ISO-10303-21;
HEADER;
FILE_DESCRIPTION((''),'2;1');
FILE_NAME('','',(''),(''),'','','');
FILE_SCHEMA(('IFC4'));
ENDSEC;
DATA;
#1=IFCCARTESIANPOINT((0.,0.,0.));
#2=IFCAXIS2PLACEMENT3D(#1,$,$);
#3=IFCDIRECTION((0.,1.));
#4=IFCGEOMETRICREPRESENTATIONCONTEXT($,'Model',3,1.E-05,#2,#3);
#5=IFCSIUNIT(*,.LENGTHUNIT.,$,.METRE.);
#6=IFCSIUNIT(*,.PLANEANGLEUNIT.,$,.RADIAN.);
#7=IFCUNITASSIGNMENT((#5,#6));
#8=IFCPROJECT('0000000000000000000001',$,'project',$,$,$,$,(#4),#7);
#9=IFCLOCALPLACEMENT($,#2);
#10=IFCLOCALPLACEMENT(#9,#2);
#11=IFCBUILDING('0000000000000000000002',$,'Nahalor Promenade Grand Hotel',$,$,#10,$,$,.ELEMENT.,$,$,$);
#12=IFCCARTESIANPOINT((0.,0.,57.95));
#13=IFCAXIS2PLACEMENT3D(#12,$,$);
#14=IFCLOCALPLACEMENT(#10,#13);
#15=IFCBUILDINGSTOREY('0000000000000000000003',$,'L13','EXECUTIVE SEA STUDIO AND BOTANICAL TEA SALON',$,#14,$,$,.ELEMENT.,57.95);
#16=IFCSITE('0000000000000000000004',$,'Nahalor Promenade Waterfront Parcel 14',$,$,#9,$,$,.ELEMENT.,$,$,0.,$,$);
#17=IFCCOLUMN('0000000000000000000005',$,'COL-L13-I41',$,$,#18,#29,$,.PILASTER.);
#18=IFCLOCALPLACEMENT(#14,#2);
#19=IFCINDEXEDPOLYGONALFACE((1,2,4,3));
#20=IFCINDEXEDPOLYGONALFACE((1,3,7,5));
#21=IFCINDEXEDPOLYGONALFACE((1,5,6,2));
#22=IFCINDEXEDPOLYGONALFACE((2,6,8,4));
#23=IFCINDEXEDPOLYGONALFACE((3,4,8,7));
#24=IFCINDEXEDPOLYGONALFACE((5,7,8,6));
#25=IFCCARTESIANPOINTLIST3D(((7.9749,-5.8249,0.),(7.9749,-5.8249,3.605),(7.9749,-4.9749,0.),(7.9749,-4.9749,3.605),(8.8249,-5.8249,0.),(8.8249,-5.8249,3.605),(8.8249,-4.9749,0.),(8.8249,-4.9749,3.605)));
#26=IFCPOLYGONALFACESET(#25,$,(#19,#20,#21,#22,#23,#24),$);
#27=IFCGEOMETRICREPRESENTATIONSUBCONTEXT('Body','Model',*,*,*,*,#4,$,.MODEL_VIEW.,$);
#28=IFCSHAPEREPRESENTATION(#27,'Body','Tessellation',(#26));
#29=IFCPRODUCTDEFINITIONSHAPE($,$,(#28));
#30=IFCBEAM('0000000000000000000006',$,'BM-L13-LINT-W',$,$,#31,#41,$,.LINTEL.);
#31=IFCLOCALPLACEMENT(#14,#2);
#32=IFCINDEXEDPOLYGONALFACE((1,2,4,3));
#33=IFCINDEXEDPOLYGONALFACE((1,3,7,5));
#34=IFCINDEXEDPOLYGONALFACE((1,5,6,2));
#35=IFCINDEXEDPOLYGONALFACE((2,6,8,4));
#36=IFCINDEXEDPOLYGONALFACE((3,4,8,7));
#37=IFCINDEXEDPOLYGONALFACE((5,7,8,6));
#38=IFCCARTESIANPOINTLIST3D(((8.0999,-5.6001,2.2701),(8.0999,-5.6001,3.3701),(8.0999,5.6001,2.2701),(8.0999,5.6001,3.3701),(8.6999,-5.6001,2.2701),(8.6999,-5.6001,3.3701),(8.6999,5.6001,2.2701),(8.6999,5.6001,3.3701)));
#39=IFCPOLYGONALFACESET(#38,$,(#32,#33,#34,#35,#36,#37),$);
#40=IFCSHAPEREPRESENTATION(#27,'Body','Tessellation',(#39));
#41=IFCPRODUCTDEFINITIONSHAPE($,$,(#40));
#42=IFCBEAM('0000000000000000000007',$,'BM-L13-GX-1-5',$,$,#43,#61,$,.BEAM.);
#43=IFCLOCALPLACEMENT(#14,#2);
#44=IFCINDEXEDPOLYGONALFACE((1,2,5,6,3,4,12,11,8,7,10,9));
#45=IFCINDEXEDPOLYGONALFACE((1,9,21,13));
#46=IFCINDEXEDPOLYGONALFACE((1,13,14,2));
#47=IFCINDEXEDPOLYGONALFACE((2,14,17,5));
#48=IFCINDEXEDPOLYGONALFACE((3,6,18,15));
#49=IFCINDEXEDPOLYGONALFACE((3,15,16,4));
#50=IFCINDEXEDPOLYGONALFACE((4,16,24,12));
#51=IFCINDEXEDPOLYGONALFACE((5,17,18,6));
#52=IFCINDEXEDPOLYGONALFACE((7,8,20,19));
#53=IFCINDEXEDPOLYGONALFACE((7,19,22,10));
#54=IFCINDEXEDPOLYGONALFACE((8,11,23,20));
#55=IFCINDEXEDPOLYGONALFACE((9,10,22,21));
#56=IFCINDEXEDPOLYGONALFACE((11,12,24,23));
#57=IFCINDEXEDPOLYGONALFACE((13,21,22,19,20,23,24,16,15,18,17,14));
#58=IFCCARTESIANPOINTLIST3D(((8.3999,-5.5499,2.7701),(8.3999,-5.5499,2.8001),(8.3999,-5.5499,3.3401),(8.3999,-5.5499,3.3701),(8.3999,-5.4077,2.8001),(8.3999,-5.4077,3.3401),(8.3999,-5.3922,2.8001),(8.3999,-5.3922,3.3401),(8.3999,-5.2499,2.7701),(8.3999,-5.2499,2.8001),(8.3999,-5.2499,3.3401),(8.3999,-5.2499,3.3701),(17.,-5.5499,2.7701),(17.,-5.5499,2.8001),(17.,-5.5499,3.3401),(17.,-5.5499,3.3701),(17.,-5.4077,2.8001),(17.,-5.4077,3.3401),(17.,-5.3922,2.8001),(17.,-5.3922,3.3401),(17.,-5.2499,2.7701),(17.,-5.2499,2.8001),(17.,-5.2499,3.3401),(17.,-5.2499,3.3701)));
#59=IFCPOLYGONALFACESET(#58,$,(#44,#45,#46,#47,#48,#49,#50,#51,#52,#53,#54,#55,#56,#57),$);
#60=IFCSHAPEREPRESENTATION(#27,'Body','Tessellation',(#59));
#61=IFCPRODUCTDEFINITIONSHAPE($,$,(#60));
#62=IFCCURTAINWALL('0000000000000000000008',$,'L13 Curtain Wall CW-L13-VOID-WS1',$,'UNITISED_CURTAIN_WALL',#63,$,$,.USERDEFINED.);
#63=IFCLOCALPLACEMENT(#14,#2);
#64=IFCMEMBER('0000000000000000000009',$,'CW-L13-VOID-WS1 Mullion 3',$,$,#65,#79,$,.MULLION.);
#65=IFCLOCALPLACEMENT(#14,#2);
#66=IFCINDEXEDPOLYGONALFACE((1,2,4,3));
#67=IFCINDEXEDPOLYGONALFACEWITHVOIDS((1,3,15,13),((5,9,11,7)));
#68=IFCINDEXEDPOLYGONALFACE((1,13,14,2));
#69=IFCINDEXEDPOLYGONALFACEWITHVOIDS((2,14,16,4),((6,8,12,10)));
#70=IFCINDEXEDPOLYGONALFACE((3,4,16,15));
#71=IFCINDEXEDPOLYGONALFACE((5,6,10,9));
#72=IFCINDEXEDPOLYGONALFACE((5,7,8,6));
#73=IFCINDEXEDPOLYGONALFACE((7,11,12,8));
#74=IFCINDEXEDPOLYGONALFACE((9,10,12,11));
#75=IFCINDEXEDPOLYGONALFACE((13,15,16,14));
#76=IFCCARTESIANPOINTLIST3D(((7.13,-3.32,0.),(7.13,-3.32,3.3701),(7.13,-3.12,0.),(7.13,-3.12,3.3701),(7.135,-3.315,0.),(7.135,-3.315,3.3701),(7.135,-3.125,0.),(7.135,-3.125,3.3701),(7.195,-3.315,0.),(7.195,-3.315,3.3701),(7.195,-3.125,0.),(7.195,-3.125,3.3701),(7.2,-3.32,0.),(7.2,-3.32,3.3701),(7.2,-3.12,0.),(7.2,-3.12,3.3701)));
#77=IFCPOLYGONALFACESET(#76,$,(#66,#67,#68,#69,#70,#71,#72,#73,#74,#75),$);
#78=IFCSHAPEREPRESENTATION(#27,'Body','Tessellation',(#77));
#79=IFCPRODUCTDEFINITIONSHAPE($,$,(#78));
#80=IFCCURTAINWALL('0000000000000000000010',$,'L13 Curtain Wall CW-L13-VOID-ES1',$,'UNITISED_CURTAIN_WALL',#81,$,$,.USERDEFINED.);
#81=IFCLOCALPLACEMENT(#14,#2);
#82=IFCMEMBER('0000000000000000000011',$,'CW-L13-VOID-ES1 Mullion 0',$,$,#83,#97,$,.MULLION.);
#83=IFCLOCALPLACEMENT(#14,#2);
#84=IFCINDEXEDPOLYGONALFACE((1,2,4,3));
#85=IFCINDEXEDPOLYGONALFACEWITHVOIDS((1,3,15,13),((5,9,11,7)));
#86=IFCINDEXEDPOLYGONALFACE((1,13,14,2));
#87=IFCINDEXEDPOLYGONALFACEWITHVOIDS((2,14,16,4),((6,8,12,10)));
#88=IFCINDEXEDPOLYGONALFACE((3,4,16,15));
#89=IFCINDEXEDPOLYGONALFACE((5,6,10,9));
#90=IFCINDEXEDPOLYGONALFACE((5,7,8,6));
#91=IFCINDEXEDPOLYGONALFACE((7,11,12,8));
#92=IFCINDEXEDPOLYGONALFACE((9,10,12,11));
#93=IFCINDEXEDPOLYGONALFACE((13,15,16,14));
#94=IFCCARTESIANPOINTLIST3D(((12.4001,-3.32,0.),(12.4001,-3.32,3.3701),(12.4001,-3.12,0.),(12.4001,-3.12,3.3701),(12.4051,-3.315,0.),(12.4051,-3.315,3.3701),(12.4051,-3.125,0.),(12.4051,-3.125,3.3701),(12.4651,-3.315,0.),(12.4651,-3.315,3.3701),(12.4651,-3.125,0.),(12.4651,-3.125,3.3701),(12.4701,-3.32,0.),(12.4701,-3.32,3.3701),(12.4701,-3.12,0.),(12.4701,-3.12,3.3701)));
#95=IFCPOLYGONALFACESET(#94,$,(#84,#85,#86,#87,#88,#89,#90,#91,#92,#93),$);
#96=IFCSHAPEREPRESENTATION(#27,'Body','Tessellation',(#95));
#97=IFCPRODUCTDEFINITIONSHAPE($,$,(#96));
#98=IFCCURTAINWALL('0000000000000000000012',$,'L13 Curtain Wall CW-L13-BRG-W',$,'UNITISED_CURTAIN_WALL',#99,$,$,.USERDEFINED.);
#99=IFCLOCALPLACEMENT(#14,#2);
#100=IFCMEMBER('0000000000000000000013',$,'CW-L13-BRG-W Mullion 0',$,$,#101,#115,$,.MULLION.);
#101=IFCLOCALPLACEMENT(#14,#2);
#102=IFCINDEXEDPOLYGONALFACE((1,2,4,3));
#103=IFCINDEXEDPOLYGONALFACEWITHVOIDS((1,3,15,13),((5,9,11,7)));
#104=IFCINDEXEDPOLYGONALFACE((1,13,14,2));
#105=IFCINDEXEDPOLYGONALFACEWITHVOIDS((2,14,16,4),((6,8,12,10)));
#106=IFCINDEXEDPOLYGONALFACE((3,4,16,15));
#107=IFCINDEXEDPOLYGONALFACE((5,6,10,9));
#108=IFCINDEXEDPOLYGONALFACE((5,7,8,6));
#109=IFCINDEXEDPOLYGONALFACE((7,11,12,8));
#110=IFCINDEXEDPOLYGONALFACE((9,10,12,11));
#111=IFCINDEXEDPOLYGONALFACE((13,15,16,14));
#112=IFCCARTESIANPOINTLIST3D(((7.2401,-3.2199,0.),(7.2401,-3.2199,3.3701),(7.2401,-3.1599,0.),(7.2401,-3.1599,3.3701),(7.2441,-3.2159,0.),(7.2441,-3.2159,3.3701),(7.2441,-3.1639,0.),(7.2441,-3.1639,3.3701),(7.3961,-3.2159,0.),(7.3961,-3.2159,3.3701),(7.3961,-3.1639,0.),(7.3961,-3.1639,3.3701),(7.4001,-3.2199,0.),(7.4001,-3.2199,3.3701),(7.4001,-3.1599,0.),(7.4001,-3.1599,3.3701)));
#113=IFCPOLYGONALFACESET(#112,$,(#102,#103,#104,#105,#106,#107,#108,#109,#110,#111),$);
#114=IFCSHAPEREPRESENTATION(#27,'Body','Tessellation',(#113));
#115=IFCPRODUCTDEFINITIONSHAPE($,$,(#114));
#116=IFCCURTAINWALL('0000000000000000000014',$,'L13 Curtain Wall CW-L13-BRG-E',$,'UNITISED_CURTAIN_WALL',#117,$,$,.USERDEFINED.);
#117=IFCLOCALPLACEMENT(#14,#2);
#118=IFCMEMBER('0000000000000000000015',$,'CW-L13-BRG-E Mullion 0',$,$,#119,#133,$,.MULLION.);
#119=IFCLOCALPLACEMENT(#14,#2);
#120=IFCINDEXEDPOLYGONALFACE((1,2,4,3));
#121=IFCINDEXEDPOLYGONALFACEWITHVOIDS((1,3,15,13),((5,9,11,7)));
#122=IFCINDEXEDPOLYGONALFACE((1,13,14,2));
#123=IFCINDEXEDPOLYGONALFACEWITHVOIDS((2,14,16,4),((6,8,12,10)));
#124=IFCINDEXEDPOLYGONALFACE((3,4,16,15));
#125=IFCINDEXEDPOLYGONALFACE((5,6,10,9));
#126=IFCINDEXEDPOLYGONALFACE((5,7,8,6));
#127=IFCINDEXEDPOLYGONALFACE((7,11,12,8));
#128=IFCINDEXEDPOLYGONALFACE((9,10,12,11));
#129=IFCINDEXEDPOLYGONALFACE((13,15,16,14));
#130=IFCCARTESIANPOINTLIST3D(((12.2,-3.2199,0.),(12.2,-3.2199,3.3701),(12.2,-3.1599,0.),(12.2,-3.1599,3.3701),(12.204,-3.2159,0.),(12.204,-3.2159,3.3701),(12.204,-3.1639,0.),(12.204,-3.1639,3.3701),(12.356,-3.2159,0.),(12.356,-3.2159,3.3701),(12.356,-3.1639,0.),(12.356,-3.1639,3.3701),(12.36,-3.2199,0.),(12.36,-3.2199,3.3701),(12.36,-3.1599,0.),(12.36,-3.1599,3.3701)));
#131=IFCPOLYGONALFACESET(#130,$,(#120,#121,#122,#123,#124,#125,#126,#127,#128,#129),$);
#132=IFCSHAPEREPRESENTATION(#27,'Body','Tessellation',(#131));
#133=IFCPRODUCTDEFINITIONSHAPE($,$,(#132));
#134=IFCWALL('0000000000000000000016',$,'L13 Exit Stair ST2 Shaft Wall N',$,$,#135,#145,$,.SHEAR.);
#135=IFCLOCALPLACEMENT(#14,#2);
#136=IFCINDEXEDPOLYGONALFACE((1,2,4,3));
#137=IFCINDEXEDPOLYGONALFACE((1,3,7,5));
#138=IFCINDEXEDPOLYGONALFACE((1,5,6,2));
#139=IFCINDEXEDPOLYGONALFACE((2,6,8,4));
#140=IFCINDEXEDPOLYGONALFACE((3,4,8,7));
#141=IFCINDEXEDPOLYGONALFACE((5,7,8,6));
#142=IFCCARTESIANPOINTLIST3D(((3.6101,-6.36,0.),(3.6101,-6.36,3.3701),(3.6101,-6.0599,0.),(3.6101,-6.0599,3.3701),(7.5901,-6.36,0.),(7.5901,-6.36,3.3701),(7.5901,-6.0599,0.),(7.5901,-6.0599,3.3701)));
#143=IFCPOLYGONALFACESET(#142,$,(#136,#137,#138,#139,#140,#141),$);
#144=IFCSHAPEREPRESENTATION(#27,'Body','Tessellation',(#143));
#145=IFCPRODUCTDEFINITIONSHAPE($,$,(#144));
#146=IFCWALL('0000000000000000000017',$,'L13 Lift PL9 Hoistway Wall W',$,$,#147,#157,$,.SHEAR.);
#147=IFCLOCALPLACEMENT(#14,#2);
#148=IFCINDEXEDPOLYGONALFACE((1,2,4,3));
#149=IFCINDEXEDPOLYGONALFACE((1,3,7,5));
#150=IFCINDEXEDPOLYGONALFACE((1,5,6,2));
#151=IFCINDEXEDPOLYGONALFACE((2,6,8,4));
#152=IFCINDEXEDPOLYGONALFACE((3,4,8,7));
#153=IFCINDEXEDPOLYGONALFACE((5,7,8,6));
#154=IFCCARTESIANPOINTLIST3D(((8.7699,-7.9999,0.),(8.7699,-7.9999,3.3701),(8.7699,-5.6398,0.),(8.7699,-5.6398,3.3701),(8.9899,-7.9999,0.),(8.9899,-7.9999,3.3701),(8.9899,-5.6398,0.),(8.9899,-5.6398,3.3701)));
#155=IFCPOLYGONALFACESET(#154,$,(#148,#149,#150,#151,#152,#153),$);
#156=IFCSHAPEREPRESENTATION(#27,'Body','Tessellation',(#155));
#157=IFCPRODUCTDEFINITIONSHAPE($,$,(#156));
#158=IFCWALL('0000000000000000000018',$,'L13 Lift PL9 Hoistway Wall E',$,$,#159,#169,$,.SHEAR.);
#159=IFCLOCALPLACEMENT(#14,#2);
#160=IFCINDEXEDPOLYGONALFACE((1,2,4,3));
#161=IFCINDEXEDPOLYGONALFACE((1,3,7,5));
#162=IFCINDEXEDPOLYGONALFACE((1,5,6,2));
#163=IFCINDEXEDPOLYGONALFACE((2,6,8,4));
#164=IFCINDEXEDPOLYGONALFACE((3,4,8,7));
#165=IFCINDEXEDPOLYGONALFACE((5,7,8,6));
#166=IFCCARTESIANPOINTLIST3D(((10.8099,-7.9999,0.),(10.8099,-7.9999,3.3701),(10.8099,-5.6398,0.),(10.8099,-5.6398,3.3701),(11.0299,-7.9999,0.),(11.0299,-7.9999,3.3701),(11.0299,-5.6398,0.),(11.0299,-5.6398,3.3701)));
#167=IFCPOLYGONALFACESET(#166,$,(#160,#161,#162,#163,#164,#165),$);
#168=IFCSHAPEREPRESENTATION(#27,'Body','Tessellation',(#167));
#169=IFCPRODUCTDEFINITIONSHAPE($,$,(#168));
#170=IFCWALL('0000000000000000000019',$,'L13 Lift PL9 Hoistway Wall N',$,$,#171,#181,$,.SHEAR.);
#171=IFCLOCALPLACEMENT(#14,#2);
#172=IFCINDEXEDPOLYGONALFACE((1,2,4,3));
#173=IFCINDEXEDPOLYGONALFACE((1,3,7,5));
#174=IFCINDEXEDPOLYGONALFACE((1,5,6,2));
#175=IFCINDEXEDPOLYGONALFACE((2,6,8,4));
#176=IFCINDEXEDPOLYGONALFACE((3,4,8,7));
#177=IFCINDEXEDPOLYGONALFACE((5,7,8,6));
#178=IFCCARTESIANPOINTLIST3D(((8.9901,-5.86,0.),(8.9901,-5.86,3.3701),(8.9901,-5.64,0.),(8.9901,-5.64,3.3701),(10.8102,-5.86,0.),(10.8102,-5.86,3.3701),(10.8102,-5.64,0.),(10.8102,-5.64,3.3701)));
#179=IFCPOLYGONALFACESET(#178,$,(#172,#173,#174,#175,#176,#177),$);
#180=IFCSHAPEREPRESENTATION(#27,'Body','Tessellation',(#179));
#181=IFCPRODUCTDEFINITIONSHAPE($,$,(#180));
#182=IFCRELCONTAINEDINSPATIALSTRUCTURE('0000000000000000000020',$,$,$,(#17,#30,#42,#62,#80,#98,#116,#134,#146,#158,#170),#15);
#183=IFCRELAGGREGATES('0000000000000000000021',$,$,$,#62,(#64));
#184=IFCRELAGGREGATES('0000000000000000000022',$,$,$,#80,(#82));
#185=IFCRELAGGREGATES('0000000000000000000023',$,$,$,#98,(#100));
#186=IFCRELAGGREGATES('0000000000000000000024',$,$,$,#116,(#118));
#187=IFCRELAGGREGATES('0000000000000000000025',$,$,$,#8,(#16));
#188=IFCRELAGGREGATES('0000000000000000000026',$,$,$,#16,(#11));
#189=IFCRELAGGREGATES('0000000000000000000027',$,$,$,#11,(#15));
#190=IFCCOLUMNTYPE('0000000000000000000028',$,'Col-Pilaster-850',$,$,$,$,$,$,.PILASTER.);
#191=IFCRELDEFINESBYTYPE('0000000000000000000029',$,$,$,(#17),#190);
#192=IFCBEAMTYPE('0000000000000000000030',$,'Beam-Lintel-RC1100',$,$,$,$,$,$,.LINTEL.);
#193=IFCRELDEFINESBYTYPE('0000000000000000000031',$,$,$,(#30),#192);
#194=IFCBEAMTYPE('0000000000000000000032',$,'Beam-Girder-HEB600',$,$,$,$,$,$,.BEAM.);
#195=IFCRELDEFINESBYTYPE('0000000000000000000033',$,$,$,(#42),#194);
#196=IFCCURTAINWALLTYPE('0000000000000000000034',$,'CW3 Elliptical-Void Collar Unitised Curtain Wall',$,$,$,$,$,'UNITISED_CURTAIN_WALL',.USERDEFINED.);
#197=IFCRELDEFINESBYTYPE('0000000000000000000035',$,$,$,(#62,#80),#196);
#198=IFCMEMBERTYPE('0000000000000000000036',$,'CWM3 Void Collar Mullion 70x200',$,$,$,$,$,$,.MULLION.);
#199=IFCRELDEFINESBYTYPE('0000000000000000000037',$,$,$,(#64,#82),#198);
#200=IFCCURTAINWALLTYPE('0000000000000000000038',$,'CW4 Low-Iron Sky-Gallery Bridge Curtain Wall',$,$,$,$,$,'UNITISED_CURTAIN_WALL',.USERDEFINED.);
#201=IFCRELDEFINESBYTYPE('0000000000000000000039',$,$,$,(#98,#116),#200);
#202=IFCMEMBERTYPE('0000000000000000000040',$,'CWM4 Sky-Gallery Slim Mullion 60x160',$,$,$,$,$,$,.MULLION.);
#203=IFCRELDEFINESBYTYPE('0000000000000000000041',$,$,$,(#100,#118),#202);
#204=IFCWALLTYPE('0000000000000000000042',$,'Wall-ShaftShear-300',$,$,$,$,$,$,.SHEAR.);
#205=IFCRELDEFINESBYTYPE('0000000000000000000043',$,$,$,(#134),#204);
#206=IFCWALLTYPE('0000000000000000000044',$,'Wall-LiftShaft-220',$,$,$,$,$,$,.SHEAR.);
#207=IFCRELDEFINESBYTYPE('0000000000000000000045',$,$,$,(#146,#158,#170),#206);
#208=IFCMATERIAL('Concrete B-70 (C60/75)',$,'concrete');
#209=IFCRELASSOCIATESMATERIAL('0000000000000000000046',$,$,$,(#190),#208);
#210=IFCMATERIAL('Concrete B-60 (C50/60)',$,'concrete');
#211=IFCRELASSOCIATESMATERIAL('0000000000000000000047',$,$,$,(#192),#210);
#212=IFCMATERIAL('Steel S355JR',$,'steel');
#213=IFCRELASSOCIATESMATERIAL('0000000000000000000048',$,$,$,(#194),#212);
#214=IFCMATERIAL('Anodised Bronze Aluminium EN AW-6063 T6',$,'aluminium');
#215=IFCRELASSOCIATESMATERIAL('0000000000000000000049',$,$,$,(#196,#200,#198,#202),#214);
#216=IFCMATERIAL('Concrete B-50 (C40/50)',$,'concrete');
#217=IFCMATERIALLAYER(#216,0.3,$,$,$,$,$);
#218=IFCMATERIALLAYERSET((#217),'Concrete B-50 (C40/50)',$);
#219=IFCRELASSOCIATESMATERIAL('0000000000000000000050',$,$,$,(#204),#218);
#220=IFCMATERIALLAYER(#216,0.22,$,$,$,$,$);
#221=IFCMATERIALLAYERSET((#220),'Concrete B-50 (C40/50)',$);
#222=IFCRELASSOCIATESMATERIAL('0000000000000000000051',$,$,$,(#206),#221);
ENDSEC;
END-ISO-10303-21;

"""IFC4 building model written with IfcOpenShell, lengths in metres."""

from ifc_helpers import new_model, si_unit, direction, frame, frame_2d, origin, origin_2d, place, context, subcontext, project, spatial, rectangle, hollow_rectangle, i_section, extrude, source, transform, mapped, material, layer, layer_set, material_profile, profile_set, type_object, element, aggregate, save


model = new_model("IFC4")

# Units and contexts
model_context = context("Model", 3, precision=1e-05, world=origin(), true_north=direction((0.0, 1.0)))
body_context = subcontext(model_context, "Body", "Model", "MODEL_VIEW")
ifc_project = project(units=[si_unit("LENGTHUNIT", "METRE"), si_unit("PLANEANGLEUNIT", "RADIAN")], contexts=[model_context])

# Site, building, storey
site_placement = place(None, origin())
site = spatial("IfcSite", under=ifc_project, at=site_placement, Name="Nahalor Promenade Waterfront Parcel 14", CompositionType="ELEMENT", RefElevation=0.0)
building_placement = place(site_placement, origin())
building = spatial("IfcBuilding", under=site, at=building_placement, Name="Nahalor Promenade Grand Hotel", CompositionType="ELEMENT")
storey_placement = place(building_placement, frame((0.0, 0.0, 57.95)))
storey = spatial("IfcBuildingStorey", under=building, at=storey_placement, Name="L13", Description="EXECUTIVE SEA STUDIO AND BOTANICAL TEA SALON", CompositionType="ELEMENT", Elevation=57.95)

# Column
ifc_material_1 = material(Name="Concrete B-70 (C60/75)", Category="concrete")
ifc_material_profile_1 = material_profile(ifc_material_1, rectangle(XDim=0.85, YDim=0.85, at=origin_2d()), Name="RC 850x850")
ifc_profile_set_1 = profile_set([ifc_material_profile_1], Name="Concrete B-70 (C60/75)")
column_type = type_object("IfcColumnType", Name="Col-Pilaster-850", PredefinedType="PILASTER", material=ifc_profile_set_1)
shared_shape_1 = source(origin(), body_context, "Body", "SweptSolid", [
    extrude(rectangle(XDim=0.85, YDim=0.85, at=origin_2d()), origin(), (0.0, 0.0, 1.0), 3.605),
])
column_placement = place(storey_placement, frame((8.3999, -5.3999, 0.0), z_axis=(0.0, 0.0, 1.0), x_axis=(1.0, 0.0, 0.0)))
element("IfcColumn", 1, at=column_placement, inside=storey, type_object=column_type, Name="COL-L13-I41", PredefinedType="PILASTER", context=body_context, shape_type="MappedRepresentation", body=[
    mapped(shared_shape_1, transform((0.0, 0.0, 0.0), scale=1.0)),
])

# Beams
ifc_material_2 = material(Name="Concrete B-60 (C50/60)", Category="concrete")
ifc_material_profile_2 = material_profile(ifc_material_2, rectangle(XDim=0.6, YDim=1.1, at=origin_2d()), Name="RC 600x1100")
ifc_profile_set_2 = profile_set([ifc_material_profile_2], Name="Concrete B-60 (C50/60)")
beam_type_1 = type_object("IfcBeamType", Name="Beam-Lintel-RC1100", PredefinedType="LINTEL", material=ifc_profile_set_2)
shared_shape_2 = source(origin(), body_context, "Body", "SweptSolid", [
    extrude(rectangle(XDim=0.6, YDim=1.1, at=origin_2d()), origin(), (0.0, 0.0, 1.0), 11.2002),
])
beam_1_placement = place(storey_placement, frame((8.3999, -5.6001, 2.8201), z_axis=(0.0, 1.0, 0.0), x_axis=(-1.0, 0.0, 0.0)))
element("IfcBeam", 2, at=beam_1_placement, inside=storey, type_object=beam_type_1, Name="BM-L13-LINT-W", PredefinedType="LINTEL", context=body_context, shape_type="MappedRepresentation", body=[
    mapped(shared_shape_2, transform((0.0, 0.0, 0.0), scale=1.0)),
])
ifc_material_3 = material(Name="Steel S355JR", Category="steel")
ifc_material_profile_3 = material_profile(ifc_material_3, i_section(OverallWidth=0.3, OverallDepth=0.6, WebThickness=0.0155, FlangeThickness=0.03, at=origin_2d()), Name="HEB 600")
ifc_profile_set_3 = profile_set([ifc_material_profile_3], Name="Steel S355JR")
beam_type_2 = type_object("IfcBeamType", Name="Beam-Girder-HEB600", PredefinedType="BEAM", material=ifc_profile_set_3)
shared_shape_3 = source(origin(), body_context, "Body", "SweptSolid", [
    extrude(i_section(OverallWidth=0.3, OverallDepth=0.6, WebThickness=0.0155, FlangeThickness=0.03, at=origin_2d()), origin(), (0.0, 0.0, 1.0), 8.6001),
])
beam_2_placement = place(storey_placement, frame((8.3999, -5.3999, 3.0701), z_axis=(1.0, 0.0, 0.0), x_axis=(0.0, 1.0, 0.0)))
element("IfcBeam", 3, at=beam_2_placement, inside=storey, type_object=beam_type_2, Name="BM-L13-GX-1-5", PredefinedType="BEAM", context=body_context, shape_type="MappedRepresentation", body=[
    mapped(shared_shape_3, transform((0.0, 0.0, 0.0), scale=1.0)),
])

# Curtain walls, members
ifc_material_4 = material(Name="Anodised Bronze Aluminium EN AW-6063 T6", Category="aluminium")
curtain_wall_type_1 = type_object("IfcCurtainWallType", Name="CW3 Elliptical-Void Collar Unitised Curtain Wall", ElementType="UNITISED_CURTAIN_WALL", PredefinedType="USERDEFINED", material=ifc_material_4)
curtain_wall_1_placement = place(storey_placement, origin())
curtain_wall_1 = element("IfcCurtainWall", 4, at=curtain_wall_1_placement, inside=storey, type_object=curtain_wall_type_1, Name="L13 Curtain Wall CW-L13-VOID-WS1", ObjectType="UNITISED_CURTAIN_WALL", PredefinedType="USERDEFINED")
ifc_material_profile_4 = material_profile(ifc_material_4, hollow_rectangle(XDim=0.07, YDim=0.2, WallThickness=0.005, at=origin_2d()), Name="CWM 70x200x5")
ifc_profile_set_4 = profile_set([ifc_material_profile_4], Name="Anodised Bronze Aluminium EN AW-6063 T6")
member_type_1 = type_object("IfcMemberType", Name="CWM3 Void Collar Mullion 70x200", PredefinedType="MULLION", material=ifc_profile_set_4)
shared_shape_4 = source(origin(), body_context, "Body", "SweptSolid", [
    extrude(hollow_rectangle(XDim=0.07, YDim=0.2, WallThickness=0.005, at=origin_2d()), origin(), (0.0, 0.0, 1.0), 3.3701),
])
member_1_placement = place(storey_placement, frame((7.165, -3.22, 0.0), z_axis=(0.0, 0.0, 1.0), x_axis=(1.0, 0.0, 0.0)))
member_1 = element("IfcMember", 5, at=member_1_placement, type_object=member_type_1, Name="CW-L13-VOID-WS1 Mullion 3", PredefinedType="MULLION", context=body_context, shape_type="MappedRepresentation", body=[
    mapped(shared_shape_4, transform((0.0, 0.0, 0.0), scale=1.0)),
])
aggregate(curtain_wall_1, [member_1])
curtain_wall_2_placement = place(storey_placement, origin())
curtain_wall_2 = element("IfcCurtainWall", 6, at=curtain_wall_2_placement, inside=storey, type_object=curtain_wall_type_1, Name="L13 Curtain Wall CW-L13-VOID-ES1", ObjectType="UNITISED_CURTAIN_WALL", PredefinedType="USERDEFINED")
member_2_placement = place(storey_placement, frame((12.4351, -3.22, 0.0), z_axis=(0.0, 0.0, 1.0), x_axis=(1.0, 0.0, 0.0)))
member_2 = element("IfcMember", 7, at=member_2_placement, type_object=member_type_1, Name="CW-L13-VOID-ES1 Mullion 0", PredefinedType="MULLION", context=body_context, shape_type="MappedRepresentation", body=[
    mapped(shared_shape_4, transform((0.0, 0.0, 0.0), scale=1.0)),
])
aggregate(curtain_wall_2, [member_2])
curtain_wall_type_2 = type_object("IfcCurtainWallType", Name="CW4 Low-Iron Sky-Gallery Bridge Curtain Wall", ElementType="UNITISED_CURTAIN_WALL", PredefinedType="USERDEFINED", material=ifc_material_4)
curtain_wall_3_placement = place(storey_placement, origin())
curtain_wall_3 = element("IfcCurtainWall", 8, at=curtain_wall_3_placement, inside=storey, type_object=curtain_wall_type_2, Name="L13 Curtain Wall CW-L13-BRG-W", ObjectType="UNITISED_CURTAIN_WALL", PredefinedType="USERDEFINED")
ifc_material_profile_5 = material_profile(ifc_material_4, hollow_rectangle(XDim=0.06, YDim=0.16, WallThickness=0.004, at=origin_2d()), Name="CWM 60x160x4")
ifc_profile_set_5 = profile_set([ifc_material_profile_5], Name="Anodised Bronze Aluminium EN AW-6063 T6")
member_type_2 = type_object("IfcMemberType", Name="CWM4 Sky-Gallery Slim Mullion 60x160", PredefinedType="MULLION", material=ifc_profile_set_5)
shared_shape_5 = source(origin(), body_context, "Body", "SweptSolid", [
    extrude(hollow_rectangle(XDim=0.06, YDim=0.16, WallThickness=0.004, at=origin_2d()), origin(), (0.0, 0.0, 1.0), 3.3701),
])
member_3_placement = place(storey_placement, frame((7.3201, -3.1899, 0.0), z_axis=(0.0, 0.0, 1.0), x_axis=(0.0, 1.0, 0.0)))
member_3 = element("IfcMember", 9, at=member_3_placement, type_object=member_type_2, Name="CW-L13-BRG-W Mullion 0", PredefinedType="MULLION", context=body_context, shape_type="MappedRepresentation", body=[
    mapped(shared_shape_5, transform((0.0, 0.0, 0.0), scale=1.0)),
])
aggregate(curtain_wall_3, [member_3])
curtain_wall_4_placement = place(storey_placement, origin())
curtain_wall_4 = element("IfcCurtainWall", 10, at=curtain_wall_4_placement, inside=storey, type_object=curtain_wall_type_2, Name="L13 Curtain Wall CW-L13-BRG-E", ObjectType="UNITISED_CURTAIN_WALL", PredefinedType="USERDEFINED")
member_4_placement = place(storey_placement, frame((12.28, -3.1899, 0.0), z_axis=(0.0, 0.0, 1.0), x_axis=(0.0, 1.0, 0.0)))
member_4 = element("IfcMember", 11, at=member_4_placement, type_object=member_type_2, Name="CW-L13-BRG-E Mullion 0", PredefinedType="MULLION", context=body_context, shape_type="MappedRepresentation", body=[
    mapped(shared_shape_5, transform((0.0, 0.0, 0.0), scale=1.0)),
])
aggregate(curtain_wall_4, [member_4])

# Walls
ifc_material_5 = material(Name="Concrete B-50 (C40/50)", Category="concrete")
ifc_layer_1 = layer(ifc_material_5, 0.3)
ifc_layer_set_1 = layer_set([ifc_layer_1], Name="Concrete B-50 (C40/50)")
wall_type_1 = type_object("IfcWallType", Name="Wall-ShaftShear-300", PredefinedType="SHEAR", material=ifc_layer_set_1)
shared_shape_6 = source(origin(), body_context, "Body", "SweptSolid", [
    extrude(rectangle(XDim=3.98, YDim=0.3, at=frame_2d((1.99, 0.0))), origin(), (0.0, 0.0, 1.0), 3.3701),
])
wall_1_placement = place(storey_placement, frame((3.6101, -6.21, 0.0), z_axis=(0.0, 0.0, 1.0), x_axis=(1.0, 0.0, 0.0)))
element("IfcWall", 12, at=wall_1_placement, inside=storey, type_object=wall_type_1, Name="L13 Exit Stair ST2 Shaft Wall N", PredefinedType="SHEAR", context=body_context, shape_type="MappedRepresentation", body=[
    mapped(shared_shape_6, transform((0.0, 0.0, 0.0), scale=1.0)),
])
ifc_layer_2 = layer(ifc_material_5, 0.22)
ifc_layer_set_2 = layer_set([ifc_layer_2], Name="Concrete B-50 (C40/50)")
wall_type_2 = type_object("IfcWallType", Name="Wall-LiftShaft-220", PredefinedType="SHEAR", material=ifc_layer_set_2)
shared_shape_7 = source(origin(), body_context, "Body", "SweptSolid", [
    extrude(rectangle(XDim=2.3601, YDim=0.22, at=frame_2d((1.1802, 0.0))), origin(), (0.0, 0.0, 1.0), 3.3701),
])
for number, where, z_axis, x_axis, name in (
    (13, (8.8799, -8.0, 0.0), (0.0, 0.0, 1.0), (0.0, 1.0, 0.0), "L13 Lift PL9 Hoistway Wall W"),
    (14, (10.9199, -8.0, 0.0), (0.0, 0.0, 1.0), (0.0, 1.0, 0.0), "L13 Lift PL9 Hoistway Wall E"),
):
    element("IfcWall", number, at=place(storey_placement, frame(where, z_axis=z_axis, x_axis=x_axis)), inside=storey, type_object=wall_type_2, Name=name, PredefinedType="SHEAR", context=body_context, shape_type="MappedRepresentation", body=[
        mapped(shared_shape_7, transform((0.0, 0.0, 0.0), scale=1.0)),
    ])
shared_shape_8 = source(origin(), body_context, "Body", "SweptSolid", [
    extrude(rectangle(XDim=1.8201, YDim=0.22, at=frame_2d((0.9102, 0.0))), origin(), (0.0, 0.0, 1.0), 3.3701),
])
wall_2_placement = place(storey_placement, frame((8.99, -5.75, 0.0), z_axis=(0.0, 0.0, 1.0), x_axis=(1.0, 0.0, 0.0)))
element("IfcWall", 15, at=wall_2_placement, inside=storey, type_object=wall_type_2, Name="L13 Lift PL9 Hoistway Wall N", PredefinedType="SHEAR", context=body_context, shape_type="MappedRepresentation", body=[
    mapped(shared_shape_8, transform((0.0, 0.0, 0.0), scale=1.0)),
])

save(model, "model.ifc")
